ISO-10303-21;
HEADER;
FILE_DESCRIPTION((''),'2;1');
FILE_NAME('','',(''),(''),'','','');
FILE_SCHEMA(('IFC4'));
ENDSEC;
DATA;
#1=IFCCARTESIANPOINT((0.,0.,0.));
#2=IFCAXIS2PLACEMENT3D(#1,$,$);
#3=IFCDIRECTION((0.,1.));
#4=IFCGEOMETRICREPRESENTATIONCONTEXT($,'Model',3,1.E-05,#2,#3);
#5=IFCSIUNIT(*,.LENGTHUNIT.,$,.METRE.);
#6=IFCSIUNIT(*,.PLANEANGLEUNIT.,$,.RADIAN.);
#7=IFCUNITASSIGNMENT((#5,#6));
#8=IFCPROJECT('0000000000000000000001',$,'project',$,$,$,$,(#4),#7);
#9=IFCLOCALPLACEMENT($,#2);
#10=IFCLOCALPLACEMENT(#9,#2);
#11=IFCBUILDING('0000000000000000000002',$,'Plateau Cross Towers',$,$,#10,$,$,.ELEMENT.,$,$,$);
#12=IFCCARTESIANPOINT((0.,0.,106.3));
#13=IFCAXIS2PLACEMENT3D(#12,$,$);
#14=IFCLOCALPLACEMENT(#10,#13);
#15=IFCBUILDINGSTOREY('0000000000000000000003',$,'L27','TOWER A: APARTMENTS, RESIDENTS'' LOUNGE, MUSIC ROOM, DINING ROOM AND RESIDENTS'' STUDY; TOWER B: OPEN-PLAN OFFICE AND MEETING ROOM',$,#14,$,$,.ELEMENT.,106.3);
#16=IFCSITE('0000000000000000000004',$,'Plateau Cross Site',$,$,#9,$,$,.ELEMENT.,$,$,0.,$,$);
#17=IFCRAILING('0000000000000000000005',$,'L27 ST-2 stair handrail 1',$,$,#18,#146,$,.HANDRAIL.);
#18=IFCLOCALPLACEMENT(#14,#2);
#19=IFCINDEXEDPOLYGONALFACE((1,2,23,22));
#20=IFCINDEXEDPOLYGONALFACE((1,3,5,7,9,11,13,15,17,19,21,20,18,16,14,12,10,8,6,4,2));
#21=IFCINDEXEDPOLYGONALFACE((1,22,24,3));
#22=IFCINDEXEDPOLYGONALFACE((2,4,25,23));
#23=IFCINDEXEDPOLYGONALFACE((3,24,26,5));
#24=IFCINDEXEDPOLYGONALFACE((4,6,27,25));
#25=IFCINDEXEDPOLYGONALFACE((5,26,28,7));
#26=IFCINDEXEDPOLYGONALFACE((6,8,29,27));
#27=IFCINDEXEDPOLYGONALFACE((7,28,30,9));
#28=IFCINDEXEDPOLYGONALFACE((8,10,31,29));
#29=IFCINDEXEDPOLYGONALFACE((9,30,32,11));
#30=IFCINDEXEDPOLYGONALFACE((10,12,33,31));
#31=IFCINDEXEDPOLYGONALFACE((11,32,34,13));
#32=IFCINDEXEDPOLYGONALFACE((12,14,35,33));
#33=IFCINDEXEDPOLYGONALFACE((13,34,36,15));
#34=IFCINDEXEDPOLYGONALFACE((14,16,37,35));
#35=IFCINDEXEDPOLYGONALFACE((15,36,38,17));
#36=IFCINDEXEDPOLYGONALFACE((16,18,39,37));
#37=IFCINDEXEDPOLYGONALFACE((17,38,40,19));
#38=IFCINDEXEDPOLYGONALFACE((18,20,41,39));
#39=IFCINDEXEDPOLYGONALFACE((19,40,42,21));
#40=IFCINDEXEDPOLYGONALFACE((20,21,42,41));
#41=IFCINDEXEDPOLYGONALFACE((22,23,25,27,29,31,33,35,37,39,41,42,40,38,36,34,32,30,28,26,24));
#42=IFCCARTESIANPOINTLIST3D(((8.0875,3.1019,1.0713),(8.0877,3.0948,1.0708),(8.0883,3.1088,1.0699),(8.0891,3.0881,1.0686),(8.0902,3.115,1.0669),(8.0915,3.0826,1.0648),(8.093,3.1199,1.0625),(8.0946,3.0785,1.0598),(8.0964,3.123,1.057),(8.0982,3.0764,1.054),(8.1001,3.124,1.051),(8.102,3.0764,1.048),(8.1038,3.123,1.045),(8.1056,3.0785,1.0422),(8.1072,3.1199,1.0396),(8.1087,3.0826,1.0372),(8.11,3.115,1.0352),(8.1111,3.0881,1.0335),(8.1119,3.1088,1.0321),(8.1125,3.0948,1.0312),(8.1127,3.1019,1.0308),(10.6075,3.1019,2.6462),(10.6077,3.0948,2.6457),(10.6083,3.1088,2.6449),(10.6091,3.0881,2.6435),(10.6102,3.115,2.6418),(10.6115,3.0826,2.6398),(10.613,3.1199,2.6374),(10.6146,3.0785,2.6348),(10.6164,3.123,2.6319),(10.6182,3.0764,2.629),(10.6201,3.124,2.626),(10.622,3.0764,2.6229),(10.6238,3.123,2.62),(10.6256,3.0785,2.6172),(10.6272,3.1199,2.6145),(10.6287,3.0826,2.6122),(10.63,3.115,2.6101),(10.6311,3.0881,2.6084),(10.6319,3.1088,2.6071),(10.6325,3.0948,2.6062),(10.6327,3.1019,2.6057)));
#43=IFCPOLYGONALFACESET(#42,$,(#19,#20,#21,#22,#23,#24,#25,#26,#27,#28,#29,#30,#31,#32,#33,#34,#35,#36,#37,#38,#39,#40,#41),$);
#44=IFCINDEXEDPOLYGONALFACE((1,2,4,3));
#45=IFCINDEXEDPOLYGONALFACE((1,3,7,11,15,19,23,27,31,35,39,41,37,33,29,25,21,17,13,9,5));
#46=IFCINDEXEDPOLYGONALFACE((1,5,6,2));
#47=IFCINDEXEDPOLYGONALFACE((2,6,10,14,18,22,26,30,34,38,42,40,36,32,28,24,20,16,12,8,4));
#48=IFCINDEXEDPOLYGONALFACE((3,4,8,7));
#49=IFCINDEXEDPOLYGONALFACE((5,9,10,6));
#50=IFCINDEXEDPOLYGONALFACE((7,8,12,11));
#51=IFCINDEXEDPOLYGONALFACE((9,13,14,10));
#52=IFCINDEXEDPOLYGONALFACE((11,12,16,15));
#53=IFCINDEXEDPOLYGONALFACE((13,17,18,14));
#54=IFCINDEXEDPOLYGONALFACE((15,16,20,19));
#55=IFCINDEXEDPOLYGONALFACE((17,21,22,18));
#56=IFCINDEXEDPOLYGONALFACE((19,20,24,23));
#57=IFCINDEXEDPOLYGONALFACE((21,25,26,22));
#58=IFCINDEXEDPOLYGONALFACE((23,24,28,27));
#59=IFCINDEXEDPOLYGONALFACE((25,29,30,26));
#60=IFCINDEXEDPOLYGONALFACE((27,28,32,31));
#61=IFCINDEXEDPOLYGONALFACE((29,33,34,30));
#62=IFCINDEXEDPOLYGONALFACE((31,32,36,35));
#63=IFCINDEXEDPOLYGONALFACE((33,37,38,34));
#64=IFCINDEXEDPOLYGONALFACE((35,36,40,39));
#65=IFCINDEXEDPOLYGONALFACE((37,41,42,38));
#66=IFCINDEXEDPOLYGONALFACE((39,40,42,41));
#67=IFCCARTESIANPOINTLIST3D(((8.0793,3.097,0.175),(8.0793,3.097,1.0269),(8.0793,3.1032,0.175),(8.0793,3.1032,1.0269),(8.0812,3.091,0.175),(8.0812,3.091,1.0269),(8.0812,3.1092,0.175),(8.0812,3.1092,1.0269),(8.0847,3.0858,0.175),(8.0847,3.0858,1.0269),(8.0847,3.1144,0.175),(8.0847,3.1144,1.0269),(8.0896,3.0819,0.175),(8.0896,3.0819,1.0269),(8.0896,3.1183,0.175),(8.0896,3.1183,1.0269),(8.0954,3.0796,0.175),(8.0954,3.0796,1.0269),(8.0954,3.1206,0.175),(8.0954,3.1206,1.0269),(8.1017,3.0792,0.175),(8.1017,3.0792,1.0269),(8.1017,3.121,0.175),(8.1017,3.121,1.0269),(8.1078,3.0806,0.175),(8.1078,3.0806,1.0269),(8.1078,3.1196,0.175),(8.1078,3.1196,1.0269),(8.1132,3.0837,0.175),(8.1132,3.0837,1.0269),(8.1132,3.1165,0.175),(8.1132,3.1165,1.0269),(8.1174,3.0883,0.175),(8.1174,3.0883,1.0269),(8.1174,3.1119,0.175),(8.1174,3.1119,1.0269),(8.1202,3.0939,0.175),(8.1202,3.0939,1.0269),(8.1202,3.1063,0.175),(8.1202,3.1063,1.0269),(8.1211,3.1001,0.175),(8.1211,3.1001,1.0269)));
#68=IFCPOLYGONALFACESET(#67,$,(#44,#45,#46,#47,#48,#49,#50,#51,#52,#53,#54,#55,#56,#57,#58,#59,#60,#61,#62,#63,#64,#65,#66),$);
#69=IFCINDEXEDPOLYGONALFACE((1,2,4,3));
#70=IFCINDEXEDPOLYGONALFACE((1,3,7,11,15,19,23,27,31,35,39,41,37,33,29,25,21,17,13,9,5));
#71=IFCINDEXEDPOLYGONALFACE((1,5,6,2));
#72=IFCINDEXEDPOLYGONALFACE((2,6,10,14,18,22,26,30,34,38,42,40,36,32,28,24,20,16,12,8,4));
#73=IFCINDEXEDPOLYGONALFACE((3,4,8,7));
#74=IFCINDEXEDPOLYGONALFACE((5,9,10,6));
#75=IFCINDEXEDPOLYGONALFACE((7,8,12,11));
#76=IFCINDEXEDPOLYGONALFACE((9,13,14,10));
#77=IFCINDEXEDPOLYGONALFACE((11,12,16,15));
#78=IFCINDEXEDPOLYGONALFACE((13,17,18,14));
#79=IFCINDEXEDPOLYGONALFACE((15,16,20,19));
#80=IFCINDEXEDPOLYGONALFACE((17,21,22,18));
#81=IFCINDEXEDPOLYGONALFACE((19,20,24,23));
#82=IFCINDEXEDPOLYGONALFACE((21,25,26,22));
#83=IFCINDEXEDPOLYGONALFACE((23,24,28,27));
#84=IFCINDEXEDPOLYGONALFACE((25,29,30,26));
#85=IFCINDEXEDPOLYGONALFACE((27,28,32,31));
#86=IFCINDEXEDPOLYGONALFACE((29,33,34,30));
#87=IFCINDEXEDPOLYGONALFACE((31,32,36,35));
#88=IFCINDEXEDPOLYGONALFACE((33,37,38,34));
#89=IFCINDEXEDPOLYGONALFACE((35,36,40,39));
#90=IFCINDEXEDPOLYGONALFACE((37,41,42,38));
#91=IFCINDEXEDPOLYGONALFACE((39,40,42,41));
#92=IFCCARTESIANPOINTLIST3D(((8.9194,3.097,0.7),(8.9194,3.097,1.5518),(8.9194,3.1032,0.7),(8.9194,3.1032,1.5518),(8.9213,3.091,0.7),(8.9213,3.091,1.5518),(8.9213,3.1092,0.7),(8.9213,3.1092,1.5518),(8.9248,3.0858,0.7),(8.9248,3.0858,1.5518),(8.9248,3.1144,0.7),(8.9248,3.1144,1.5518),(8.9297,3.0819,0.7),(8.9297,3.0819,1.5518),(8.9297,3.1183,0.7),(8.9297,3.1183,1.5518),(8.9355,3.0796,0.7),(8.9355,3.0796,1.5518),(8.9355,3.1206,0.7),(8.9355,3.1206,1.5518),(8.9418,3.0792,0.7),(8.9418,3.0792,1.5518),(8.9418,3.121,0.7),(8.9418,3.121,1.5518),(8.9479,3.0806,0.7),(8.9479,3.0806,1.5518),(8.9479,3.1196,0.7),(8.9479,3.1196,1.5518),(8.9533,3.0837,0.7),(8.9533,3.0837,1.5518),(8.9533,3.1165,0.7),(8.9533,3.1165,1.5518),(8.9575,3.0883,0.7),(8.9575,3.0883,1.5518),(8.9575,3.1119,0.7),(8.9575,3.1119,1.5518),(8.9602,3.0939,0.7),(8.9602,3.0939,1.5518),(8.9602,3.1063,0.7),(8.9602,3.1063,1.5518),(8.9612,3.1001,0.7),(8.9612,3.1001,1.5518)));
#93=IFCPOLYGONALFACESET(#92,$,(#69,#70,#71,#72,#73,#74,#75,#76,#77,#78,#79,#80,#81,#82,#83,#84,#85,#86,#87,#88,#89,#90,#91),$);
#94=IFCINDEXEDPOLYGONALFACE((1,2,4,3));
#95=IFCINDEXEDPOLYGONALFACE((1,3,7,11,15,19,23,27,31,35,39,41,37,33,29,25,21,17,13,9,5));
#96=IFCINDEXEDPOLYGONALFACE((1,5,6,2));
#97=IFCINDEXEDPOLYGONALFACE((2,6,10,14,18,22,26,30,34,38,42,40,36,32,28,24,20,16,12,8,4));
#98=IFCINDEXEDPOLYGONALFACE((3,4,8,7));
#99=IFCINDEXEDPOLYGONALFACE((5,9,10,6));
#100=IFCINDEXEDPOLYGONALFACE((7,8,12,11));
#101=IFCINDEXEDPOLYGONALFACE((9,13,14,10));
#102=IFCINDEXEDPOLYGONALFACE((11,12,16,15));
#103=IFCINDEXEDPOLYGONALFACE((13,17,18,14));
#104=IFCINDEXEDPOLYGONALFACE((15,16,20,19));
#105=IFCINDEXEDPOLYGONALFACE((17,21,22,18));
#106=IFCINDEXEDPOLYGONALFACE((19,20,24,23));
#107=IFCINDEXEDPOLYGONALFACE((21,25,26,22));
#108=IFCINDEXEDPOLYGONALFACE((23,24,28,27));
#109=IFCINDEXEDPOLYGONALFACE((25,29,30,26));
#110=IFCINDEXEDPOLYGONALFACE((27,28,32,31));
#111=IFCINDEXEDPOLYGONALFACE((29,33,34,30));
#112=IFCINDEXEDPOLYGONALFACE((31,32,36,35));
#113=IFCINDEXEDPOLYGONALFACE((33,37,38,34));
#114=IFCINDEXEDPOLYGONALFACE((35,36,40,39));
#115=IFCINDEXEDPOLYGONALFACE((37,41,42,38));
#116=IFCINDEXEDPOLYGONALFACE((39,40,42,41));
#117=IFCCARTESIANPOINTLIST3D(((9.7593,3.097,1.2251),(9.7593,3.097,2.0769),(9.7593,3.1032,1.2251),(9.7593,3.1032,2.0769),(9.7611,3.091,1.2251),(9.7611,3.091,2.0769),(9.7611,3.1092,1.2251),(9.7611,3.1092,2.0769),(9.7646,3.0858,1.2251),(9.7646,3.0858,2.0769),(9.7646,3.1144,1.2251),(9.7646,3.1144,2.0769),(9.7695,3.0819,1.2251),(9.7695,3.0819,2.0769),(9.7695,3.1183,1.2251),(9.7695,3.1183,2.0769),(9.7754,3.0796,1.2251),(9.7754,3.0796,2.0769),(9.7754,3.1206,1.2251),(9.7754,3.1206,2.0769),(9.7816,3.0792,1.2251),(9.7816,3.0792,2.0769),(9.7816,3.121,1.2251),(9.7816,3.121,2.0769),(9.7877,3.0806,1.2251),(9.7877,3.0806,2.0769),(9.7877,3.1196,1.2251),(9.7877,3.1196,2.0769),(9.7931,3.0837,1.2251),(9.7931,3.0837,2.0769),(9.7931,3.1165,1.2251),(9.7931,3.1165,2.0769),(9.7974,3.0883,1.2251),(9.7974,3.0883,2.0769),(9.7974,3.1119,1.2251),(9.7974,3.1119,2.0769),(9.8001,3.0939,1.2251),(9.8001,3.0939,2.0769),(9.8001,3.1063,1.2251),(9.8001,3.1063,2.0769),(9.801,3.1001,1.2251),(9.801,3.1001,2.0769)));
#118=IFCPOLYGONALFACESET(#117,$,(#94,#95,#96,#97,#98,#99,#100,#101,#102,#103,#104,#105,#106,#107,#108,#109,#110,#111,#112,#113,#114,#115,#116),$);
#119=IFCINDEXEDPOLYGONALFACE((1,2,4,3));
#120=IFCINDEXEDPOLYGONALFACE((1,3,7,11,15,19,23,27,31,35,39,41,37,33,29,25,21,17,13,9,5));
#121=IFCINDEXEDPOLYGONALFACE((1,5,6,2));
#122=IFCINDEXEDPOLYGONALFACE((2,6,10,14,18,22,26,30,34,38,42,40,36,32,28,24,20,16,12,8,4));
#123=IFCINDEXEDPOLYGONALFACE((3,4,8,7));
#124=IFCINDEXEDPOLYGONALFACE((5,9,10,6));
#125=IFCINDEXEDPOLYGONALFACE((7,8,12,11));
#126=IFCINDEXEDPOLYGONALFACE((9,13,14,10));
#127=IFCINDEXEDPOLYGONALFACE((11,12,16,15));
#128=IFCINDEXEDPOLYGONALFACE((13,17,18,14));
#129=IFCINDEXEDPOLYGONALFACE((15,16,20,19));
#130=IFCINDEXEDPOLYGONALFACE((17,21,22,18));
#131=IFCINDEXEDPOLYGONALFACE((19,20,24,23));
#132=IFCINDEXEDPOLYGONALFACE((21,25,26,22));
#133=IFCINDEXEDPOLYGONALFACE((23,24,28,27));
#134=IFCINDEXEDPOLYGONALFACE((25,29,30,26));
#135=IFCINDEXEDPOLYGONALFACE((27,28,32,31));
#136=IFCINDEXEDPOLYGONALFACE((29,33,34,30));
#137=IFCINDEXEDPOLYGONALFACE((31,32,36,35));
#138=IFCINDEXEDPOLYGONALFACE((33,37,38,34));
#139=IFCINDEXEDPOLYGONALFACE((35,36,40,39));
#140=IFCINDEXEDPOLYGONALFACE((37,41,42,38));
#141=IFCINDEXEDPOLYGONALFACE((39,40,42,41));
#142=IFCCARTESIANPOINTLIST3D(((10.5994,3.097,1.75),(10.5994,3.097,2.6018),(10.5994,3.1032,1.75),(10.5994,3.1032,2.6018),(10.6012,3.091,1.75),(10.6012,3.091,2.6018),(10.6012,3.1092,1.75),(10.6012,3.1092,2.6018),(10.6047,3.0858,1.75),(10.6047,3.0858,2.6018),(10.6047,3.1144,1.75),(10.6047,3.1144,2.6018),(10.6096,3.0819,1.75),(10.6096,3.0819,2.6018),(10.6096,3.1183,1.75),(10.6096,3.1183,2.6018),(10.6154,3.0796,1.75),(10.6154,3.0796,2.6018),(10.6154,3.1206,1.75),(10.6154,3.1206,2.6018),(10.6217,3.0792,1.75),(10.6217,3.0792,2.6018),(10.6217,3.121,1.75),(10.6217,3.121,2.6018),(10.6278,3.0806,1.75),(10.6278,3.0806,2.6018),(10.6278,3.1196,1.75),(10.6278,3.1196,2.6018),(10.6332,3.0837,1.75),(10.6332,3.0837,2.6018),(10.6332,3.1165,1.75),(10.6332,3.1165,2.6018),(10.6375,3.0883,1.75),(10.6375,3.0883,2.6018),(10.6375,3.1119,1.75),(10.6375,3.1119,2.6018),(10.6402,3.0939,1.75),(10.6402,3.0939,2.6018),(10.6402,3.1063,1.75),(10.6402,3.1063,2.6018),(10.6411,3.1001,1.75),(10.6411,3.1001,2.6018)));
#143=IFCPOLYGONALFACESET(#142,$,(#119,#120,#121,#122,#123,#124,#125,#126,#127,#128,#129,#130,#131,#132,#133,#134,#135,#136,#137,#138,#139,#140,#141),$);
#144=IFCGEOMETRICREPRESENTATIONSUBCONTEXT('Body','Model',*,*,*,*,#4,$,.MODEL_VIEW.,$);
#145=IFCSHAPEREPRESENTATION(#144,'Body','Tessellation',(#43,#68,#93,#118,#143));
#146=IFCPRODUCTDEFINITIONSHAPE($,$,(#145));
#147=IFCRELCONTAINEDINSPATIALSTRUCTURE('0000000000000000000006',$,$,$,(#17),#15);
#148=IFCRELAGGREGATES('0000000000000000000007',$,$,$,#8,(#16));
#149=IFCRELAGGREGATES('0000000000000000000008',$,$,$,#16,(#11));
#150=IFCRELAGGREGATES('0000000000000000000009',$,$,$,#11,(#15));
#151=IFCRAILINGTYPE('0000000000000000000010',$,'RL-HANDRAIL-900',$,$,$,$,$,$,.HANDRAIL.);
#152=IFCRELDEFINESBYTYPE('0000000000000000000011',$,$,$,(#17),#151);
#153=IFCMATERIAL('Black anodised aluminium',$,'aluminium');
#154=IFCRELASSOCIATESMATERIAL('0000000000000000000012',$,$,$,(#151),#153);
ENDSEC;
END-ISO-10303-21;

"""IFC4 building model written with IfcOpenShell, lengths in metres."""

from ifc_helpers import new_model, si_unit, direction, frame, origin, origin_2d, place, context, subcontext, project, spatial, circle, extrude, material, type_object, element, save


model = new_model("IFC4")

# Units and contexts
model_context = context("Model", 3, precision=1e-05, world=origin(), true_north=direction((0.0, 1.0)))
body_context = subcontext(model_context, "Body", "Model", "MODEL_VIEW")
ifc_project = project(units=[si_unit("LENGTHUNIT", "METRE"), si_unit("PLANEANGLEUNIT", "RADIAN")], contexts=[model_context])

# Site, building, storey
site_placement = place(None, origin())
site = spatial("IfcSite", under=ifc_project, at=site_placement, Name="Plateau Cross Site", CompositionType="ELEMENT", RefElevation=0.0)
building_placement = place(site_placement, origin())
building = spatial("IfcBuilding", under=site, at=building_placement, Name="Plateau Cross Towers", CompositionType="ELEMENT")
storey_placement = place(building_placement, frame((0.0, 0.0, 106.3)))
storey = spatial("IfcBuildingStorey", under=building, at=storey_placement, Name="L27", Description="TOWER A: APARTMENTS, RESIDENTS' LOUNGE, MUSIC ROOM, DINING ROOM AND RESIDENTS' STUDY; TOWER B: OPEN-PLAN OFFICE AND MEETING ROOM", CompositionType="ELEMENT", Elevation=106.3)

# Shared definitions
ifc_material_1 = material(Name="Black anodised aluminium", Category="aluminium")

# Railing
railing_type_1 = type_object("IfcRailingType", Name="RL-HANDRAIL-900", PredefinedType="HANDRAIL", material=ifc_material_1)
railing_1_placement = place(storey_placement, frame((8.1001, 3.1001, 0.175)))
element("IfcRailing", 1, at=railing_1_placement, inside=storey, type_object=railing_type_1, Name="L27 ST-2 stair handrail 1", PredefinedType="HANDRAIL", context=body_context, shape_type="SweptSolid", body=[
    extrude(circle(Radius=0.0239, at=origin_2d()), frame((0.0, 0.0, 0.876), z_axis=(0.848008, 0.0, 0.529984), x_axis=(0.0, 1.0, 0.0)), (0.0, 0.0, 1.0), 2.9717),
    extrude(circle(Radius=0.021, at=origin_2d()), origin(), (0.0, 0.0, 1.0), 0.8518),
    extrude(circle(Radius=0.021, at=origin_2d()), frame((0.8401, 0.0, 0.5249)), (0.0, 0.0, 1.0), 0.8518),
    extrude(circle(Radius=0.021, at=origin_2d()), frame((1.6799, 0.0, 1.05)), (0.0, 0.0, 1.0), 0.8518),
    extrude(circle(Radius=0.021, at=origin_2d()), frame((2.52, 0.0, 1.575)), (0.0, 0.0, 1.0), 0.8518),
])

save(model, "model.ifc")
